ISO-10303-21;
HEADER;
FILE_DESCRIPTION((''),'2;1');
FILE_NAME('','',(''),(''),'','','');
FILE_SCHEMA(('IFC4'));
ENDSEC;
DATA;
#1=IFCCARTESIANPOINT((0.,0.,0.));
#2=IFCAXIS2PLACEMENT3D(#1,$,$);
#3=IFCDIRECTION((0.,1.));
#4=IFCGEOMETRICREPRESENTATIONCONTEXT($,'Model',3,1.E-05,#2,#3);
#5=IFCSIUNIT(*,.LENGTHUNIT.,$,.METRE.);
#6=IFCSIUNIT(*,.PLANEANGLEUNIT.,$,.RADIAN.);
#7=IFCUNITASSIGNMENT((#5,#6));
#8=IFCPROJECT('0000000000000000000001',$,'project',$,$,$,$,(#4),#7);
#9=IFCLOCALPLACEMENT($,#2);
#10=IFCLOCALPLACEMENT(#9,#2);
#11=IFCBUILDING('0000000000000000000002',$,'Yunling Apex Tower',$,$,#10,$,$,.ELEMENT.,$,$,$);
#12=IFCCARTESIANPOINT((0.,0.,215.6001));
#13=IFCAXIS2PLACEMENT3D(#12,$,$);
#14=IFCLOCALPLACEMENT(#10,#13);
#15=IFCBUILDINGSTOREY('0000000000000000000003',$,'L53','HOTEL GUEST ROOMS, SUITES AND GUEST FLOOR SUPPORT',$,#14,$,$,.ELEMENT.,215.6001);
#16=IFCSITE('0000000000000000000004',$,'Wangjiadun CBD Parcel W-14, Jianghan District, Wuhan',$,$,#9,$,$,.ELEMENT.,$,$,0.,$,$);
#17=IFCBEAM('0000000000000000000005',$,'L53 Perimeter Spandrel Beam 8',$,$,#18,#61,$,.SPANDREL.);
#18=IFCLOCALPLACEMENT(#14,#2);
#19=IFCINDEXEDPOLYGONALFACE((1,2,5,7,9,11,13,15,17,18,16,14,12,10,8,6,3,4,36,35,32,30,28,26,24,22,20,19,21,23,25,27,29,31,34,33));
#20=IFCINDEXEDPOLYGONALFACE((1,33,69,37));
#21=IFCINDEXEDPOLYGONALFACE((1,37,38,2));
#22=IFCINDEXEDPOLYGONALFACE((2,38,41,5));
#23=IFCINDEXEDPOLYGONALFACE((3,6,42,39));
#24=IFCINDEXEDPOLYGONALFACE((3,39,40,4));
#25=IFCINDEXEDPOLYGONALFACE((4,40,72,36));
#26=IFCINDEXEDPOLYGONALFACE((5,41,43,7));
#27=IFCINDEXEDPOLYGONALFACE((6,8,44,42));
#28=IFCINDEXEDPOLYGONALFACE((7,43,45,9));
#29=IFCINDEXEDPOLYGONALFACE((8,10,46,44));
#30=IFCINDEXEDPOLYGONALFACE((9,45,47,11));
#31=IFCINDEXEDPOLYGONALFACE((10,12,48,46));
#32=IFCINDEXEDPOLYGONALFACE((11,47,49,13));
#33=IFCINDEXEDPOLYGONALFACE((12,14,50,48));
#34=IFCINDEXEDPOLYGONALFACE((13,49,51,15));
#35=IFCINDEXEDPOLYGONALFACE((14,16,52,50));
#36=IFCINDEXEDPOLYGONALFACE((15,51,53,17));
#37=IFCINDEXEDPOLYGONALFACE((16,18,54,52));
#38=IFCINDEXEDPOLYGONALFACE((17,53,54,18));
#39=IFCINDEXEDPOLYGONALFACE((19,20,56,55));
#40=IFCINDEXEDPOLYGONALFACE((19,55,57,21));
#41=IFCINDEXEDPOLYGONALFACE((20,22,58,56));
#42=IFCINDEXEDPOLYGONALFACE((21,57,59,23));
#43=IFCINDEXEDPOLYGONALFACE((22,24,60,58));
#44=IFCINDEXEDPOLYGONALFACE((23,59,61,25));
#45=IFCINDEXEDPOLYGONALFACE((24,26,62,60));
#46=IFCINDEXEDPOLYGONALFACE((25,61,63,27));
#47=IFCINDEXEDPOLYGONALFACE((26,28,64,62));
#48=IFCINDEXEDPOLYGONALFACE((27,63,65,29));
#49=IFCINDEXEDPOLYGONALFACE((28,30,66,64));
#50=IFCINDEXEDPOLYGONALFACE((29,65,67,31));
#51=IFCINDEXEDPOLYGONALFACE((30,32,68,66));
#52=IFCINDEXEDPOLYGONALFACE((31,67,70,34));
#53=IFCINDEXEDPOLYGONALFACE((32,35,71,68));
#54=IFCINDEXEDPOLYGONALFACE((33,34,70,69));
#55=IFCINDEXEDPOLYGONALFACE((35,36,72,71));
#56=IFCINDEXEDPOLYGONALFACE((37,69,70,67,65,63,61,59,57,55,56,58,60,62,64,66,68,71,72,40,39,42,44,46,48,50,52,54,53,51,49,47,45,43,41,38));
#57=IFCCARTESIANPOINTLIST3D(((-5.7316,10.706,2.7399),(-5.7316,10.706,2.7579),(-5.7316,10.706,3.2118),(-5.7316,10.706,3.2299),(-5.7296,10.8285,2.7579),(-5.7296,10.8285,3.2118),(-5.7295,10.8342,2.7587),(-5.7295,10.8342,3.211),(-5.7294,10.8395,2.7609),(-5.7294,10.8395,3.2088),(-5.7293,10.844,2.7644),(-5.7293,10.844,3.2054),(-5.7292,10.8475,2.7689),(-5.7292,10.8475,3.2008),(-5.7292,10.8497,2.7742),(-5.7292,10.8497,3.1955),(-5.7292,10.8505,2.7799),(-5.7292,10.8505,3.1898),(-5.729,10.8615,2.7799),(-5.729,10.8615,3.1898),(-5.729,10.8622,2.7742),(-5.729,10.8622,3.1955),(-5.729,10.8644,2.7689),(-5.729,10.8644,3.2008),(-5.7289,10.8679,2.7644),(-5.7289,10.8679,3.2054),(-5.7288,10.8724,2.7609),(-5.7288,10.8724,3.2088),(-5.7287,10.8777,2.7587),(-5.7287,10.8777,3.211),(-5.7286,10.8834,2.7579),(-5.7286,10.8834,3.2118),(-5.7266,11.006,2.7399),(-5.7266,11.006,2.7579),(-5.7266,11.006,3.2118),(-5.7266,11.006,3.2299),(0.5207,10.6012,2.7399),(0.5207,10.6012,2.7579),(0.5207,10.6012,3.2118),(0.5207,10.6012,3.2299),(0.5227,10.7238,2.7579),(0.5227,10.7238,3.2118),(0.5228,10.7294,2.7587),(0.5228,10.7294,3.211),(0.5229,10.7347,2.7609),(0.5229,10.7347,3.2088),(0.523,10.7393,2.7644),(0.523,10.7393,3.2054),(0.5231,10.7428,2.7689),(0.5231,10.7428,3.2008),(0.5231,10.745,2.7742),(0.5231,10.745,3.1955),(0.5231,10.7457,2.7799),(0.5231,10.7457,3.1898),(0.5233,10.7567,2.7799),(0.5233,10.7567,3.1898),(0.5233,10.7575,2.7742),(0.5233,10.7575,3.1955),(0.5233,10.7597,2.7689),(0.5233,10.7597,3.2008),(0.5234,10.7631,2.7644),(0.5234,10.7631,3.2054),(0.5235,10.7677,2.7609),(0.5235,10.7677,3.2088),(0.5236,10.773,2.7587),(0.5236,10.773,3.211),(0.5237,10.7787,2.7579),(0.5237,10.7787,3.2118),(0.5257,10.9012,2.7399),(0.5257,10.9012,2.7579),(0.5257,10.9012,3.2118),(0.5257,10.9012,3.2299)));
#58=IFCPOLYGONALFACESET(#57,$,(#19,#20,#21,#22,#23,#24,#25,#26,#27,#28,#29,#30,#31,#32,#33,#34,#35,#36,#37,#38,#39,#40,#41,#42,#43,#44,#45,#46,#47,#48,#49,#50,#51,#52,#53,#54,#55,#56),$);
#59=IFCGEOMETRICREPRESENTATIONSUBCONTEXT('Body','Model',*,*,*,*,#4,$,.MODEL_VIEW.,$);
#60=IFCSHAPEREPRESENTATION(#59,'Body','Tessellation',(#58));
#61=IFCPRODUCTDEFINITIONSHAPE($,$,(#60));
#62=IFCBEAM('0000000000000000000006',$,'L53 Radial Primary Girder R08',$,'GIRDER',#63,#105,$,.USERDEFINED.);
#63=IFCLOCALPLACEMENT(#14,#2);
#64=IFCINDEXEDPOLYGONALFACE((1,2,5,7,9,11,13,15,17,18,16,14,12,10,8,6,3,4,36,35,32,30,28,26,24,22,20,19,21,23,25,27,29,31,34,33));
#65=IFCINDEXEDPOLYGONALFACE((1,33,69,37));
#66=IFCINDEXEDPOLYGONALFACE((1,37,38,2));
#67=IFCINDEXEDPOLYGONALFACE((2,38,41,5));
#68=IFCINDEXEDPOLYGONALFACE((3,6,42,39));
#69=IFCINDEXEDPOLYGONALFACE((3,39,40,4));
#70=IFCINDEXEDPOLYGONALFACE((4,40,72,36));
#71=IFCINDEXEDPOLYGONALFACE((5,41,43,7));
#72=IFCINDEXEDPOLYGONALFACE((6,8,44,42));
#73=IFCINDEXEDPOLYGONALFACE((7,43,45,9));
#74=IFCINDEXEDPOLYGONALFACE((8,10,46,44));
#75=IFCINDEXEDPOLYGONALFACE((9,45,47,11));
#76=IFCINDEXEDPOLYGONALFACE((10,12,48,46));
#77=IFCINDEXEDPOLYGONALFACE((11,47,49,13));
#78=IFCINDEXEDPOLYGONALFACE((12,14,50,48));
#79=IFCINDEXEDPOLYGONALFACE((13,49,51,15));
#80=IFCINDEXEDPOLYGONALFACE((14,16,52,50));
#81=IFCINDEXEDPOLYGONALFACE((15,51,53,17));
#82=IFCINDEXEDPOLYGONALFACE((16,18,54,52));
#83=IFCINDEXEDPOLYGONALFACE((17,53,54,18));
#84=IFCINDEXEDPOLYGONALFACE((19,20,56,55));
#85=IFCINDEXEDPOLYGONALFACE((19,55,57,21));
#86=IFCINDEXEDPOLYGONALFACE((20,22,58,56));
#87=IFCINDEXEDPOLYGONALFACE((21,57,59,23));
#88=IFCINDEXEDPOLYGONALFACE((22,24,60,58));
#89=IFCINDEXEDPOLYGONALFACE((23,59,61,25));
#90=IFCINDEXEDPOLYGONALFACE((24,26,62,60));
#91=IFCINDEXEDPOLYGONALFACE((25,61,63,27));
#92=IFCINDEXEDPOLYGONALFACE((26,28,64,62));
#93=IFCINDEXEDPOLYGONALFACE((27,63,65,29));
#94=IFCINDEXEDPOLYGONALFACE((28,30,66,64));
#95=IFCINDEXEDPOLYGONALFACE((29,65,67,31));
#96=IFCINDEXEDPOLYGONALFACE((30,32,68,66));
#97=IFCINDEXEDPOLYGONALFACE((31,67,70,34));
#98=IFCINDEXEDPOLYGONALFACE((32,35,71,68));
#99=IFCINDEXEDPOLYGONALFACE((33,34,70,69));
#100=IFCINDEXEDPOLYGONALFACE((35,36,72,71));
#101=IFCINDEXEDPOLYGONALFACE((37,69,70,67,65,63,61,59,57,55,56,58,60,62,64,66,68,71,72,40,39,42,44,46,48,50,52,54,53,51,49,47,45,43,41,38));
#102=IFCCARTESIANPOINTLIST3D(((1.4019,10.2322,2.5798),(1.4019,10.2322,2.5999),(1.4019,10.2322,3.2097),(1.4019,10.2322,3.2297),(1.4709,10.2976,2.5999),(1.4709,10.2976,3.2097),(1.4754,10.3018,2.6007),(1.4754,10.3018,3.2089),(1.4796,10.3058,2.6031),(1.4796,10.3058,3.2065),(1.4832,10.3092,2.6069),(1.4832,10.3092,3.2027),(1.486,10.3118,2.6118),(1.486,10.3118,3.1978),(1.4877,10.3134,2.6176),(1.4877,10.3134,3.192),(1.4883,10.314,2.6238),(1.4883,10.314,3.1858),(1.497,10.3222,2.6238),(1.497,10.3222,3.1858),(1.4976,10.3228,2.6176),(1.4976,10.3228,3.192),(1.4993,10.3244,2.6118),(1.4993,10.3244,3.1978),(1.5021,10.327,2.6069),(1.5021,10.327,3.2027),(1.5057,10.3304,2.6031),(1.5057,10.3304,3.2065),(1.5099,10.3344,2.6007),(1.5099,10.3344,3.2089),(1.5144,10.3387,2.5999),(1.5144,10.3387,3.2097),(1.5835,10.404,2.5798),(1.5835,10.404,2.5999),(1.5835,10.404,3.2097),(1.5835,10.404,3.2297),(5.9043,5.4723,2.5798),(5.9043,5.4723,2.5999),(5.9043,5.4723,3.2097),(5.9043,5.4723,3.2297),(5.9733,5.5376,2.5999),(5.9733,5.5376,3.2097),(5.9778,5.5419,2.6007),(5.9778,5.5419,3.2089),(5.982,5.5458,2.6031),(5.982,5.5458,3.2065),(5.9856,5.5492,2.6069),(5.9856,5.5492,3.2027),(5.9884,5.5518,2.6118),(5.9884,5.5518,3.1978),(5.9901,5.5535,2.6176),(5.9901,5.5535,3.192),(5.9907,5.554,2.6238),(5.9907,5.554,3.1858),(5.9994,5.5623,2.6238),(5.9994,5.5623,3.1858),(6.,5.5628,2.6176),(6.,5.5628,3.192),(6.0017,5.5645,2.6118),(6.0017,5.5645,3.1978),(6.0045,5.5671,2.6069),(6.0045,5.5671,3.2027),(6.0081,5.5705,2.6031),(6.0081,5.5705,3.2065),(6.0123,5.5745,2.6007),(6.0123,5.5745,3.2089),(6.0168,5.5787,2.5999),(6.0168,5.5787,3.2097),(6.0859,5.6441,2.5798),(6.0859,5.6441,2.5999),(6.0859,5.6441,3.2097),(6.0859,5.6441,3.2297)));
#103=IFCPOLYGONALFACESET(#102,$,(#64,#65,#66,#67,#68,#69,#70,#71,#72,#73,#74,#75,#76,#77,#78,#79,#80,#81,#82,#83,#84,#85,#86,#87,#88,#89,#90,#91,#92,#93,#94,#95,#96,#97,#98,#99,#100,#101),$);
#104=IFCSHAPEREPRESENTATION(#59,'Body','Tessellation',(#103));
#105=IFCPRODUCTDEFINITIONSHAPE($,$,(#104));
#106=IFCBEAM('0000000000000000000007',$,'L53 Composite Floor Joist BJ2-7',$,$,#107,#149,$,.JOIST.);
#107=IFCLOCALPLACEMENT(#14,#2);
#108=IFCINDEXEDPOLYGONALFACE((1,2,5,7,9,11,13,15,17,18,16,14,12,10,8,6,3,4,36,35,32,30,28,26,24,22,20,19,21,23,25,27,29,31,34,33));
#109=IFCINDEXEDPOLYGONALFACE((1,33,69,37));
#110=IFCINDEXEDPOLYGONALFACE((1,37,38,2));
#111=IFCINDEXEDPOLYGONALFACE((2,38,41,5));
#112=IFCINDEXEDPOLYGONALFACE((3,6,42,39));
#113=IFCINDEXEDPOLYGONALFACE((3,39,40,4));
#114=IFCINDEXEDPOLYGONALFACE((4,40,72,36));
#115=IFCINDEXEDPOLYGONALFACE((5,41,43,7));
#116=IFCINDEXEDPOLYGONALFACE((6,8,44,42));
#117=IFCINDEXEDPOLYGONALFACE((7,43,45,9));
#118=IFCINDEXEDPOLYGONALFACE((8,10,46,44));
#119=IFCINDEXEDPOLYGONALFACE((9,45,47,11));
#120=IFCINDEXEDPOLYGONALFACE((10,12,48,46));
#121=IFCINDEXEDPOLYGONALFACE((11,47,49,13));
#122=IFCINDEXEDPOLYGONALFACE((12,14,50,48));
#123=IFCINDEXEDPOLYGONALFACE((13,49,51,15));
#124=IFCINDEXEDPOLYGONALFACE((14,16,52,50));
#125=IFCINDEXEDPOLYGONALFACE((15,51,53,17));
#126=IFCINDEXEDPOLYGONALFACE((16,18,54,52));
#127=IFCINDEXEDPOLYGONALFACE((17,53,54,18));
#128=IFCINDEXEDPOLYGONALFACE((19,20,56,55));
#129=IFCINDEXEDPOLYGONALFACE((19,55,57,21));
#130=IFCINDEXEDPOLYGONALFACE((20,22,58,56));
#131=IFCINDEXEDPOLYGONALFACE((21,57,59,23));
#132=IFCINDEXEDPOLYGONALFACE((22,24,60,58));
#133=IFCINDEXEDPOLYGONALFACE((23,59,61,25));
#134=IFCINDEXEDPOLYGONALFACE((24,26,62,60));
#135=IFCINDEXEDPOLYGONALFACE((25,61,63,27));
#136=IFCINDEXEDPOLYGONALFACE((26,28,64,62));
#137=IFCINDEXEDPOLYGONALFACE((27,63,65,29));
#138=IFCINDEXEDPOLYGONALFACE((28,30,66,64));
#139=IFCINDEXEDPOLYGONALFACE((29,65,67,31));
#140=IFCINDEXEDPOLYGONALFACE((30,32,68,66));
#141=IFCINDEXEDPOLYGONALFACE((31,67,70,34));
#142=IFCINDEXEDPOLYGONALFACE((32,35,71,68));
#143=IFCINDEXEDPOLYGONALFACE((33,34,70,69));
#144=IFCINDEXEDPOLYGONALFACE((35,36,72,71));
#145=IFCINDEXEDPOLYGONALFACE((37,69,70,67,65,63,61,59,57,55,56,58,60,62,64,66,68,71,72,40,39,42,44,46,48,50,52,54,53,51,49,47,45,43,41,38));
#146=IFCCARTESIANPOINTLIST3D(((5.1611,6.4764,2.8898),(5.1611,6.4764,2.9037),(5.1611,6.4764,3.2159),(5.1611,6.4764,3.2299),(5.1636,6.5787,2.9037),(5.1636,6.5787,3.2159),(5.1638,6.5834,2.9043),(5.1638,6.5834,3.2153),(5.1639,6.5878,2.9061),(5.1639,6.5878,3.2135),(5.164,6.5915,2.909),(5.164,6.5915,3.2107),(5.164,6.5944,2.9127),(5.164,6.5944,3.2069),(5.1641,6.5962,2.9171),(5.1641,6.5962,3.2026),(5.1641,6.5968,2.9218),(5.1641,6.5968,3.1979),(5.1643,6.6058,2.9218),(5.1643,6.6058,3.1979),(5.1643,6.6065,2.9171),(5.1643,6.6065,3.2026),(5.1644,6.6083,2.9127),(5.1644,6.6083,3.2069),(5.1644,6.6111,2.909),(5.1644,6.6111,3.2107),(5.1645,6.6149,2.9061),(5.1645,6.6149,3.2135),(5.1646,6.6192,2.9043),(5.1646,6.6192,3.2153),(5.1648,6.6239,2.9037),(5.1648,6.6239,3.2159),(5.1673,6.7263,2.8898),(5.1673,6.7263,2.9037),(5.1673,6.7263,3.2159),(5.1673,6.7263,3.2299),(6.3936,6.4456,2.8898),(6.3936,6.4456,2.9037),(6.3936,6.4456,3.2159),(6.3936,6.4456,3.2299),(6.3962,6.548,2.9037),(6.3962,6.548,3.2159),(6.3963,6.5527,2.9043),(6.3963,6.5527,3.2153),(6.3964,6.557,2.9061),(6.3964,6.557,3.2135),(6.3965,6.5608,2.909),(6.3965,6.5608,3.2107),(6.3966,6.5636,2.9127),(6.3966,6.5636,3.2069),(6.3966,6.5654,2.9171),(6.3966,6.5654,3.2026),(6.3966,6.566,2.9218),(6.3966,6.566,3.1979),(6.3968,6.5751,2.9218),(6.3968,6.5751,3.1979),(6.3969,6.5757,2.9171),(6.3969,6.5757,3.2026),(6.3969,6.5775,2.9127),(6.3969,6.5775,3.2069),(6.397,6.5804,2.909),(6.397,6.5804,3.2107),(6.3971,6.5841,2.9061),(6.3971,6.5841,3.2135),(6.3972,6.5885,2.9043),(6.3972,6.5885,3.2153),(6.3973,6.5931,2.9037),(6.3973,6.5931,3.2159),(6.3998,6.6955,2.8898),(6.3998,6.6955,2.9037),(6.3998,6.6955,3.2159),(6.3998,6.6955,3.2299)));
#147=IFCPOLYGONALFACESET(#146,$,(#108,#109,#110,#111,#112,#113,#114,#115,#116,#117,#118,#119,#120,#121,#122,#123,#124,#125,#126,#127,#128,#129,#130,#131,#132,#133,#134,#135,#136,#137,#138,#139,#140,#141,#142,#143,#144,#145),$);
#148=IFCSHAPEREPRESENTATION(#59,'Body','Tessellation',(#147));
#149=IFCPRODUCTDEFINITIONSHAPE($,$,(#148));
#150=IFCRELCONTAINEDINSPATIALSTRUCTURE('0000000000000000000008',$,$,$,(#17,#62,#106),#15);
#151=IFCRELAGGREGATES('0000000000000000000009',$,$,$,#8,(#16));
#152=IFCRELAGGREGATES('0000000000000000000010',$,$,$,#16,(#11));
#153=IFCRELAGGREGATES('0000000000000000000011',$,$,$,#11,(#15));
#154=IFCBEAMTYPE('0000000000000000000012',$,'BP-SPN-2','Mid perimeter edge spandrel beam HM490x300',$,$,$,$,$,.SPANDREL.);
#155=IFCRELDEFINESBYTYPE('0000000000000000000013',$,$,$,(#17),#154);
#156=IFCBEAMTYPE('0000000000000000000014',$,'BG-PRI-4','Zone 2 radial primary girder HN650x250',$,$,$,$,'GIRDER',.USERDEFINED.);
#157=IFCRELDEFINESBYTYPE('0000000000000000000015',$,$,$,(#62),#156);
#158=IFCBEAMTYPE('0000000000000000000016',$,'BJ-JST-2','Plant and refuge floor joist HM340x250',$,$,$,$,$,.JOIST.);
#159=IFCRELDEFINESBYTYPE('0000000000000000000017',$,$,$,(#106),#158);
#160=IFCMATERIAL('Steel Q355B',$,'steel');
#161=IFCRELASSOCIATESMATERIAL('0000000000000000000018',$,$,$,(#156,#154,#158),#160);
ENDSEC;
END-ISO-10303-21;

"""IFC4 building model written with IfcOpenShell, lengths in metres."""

from ifc_helpers import new_model, si_unit, direction, frame, origin, origin_2d, place, context, subcontext, project, spatial, i_section, extrude, source, transform, mapped, material, material_profile, profile_set, type_object, element, save


model = new_model("IFC4")

# Units and contexts
model_context = context("Model", 3, precision=1e-05, world=origin(), true_north=direction((0.0, 1.0)))
body_context = subcontext(model_context, "Body", "Model", "MODEL_VIEW")
ifc_project = project(units=[si_unit("LENGTHUNIT", "METRE"), si_unit("PLANEANGLEUNIT", "RADIAN")], contexts=[model_context])

# Site, building, storey
site_placement = place(None, origin())
site = spatial("IfcSite", under=ifc_project, at=site_placement, Name="Wangjiadun CBD Parcel W-14, Jianghan District, Wuhan", CompositionType="ELEMENT", RefElevation=0.0)
building_placement = place(site_placement, origin())
building = spatial("IfcBuilding", under=site, at=building_placement, Name="Yunling Apex Tower", CompositionType="ELEMENT")
storey_placement = place(building_placement, frame((0.0, 0.0, 215.6001)))
storey = spatial("IfcBuildingStorey", under=building, at=storey_placement, Name="L53", Description="HOTEL GUEST ROOMS, SUITES AND GUEST FLOOR SUPPORT", CompositionType="ELEMENT", Elevation=215.6001)

# Beams
ifc_material_1 = material(Name="Steel Q355B", Category="steel")
ifc_material_profile_1 = material_profile(ifc_material_1, i_section(OverallWidth=0.25, OverallDepth=0.6499, WebThickness=0.012, FlangeThickness=0.02, FilletRadius=0.0239, at=origin_2d()))
ifc_profile_set_1 = profile_set([ifc_material_profile_1], Name="Steel Q355B")
beam_type_1 = type_object("IfcBeamType", Name="BG-PRI-4", Description="Zone 2 radial primary girder HN650x250", ElementType="GIRDER", PredefinedType="USERDEFINED", material=ifc_profile_set_1)
ifc_material_profile_2 = material_profile(ifc_material_1, i_section(OverallWidth=0.3, OverallDepth=0.49, WebThickness=0.011, FlangeThickness=0.0181, FilletRadius=0.022, at=origin_2d()))
ifc_profile_set_2 = profile_set([ifc_material_profile_2], Name="Steel Q355B")
beam_type_2 = type_object("IfcBeamType", Name="BP-SPN-2", Description="Mid perimeter edge spandrel beam HM490x300", PredefinedType="SPANDREL", material=ifc_profile_set_2)
shared_shape_1 = source(origin(), body_context, "Body", "SweptSolid", [
    extrude(i_section(OverallWidth=0.3, OverallDepth=0.49, WebThickness=0.011, FlangeThickness=0.0181, FilletRadius=0.022, at=origin_2d()), origin(), (0.0, 0.0, 1.0), 6.2532),
])
beam_1_placement = place(storey_placement, frame((0.5232, 10.7512, 2.9849), z_axis=(-0.99986, 0.01675, 0.0), x_axis=(-0.01675, -0.99986, 0.0)))
element("IfcBeam", 1, at=beam_1_placement, inside=storey, type_object=beam_type_2, Name="L53 Perimeter Spandrel Beam 8", PredefinedType="SPANDREL", context=body_context, shape_type="MappedRepresentation", body=[
    mapped(shared_shape_1, transform((0.0, 0.0, 0.0), scale=1.0)),
])
shared_shape_2 = source(origin(), body_context, "Body", "SweptSolid", [
    extrude(i_section(OverallWidth=0.25, OverallDepth=0.6499, WebThickness=0.012, FlangeThickness=0.02, FilletRadius=0.0239, at=origin_2d()), origin(), (0.0, 0.0, 1.0), 6.552),
])
beam_2_placement = place(storey_placement, frame((1.4927, 10.3181, 2.9048), z_axis=(0.687178, -0.726489, 0.0), x_axis=(0.726489, 0.687178, 0.0)))
element("IfcBeam", 2, at=beam_2_placement, inside=storey, type_object=beam_type_1, Name="L53 Radial Primary Girder R08", ObjectType="GIRDER", PredefinedType="USERDEFINED", context=body_context, shape_type="MappedRepresentation", body=[
    mapped(shared_shape_2, transform((0.0, 0.0, 0.0), scale=1.0)),
])
ifc_material_profile_3 = material_profile(ifc_material_1, i_section(OverallWidth=0.25, OverallDepth=0.3401, WebThickness=0.009, FlangeThickness=0.0139, FilletRadius=0.0181, at=origin_2d()))
ifc_profile_set_3 = profile_set([ifc_material_profile_3], Name="Steel Q355B")
beam_type_3 = type_object("IfcBeamType", Name="BJ-JST-2", Description="Plant and refuge floor joist HM340x250", PredefinedType="JOIST", material=ifc_profile_set_3)
shared_shape_3 = source(origin(), body_context, "Body", "SweptSolid", [
    extrude(i_section(OverallWidth=0.25, OverallDepth=0.3401, WebThickness=0.009, FlangeThickness=0.0139, FilletRadius=0.0181, at=origin_2d()), origin(), (0.0, 0.0, 1.0), 1.2329),
])
beam_3_placement = place(storey_placement, frame((6.3967, 6.5706, 3.0598), z_axis=(-0.999689, 0.024953, 0.0), x_axis=(-0.024953, -0.999689, 0.0)))
element("IfcBeam", 3, at=beam_3_placement, inside=storey, type_object=beam_type_3, Name="L53 Composite Floor Joist BJ2-7", PredefinedType="JOIST", context=body_context, shape_type="MappedRepresentation", body=[
    mapped(shared_shape_3, transform((0.0, 0.0, 0.0), scale=1.0)),
])

save(model, "model.ifc")
